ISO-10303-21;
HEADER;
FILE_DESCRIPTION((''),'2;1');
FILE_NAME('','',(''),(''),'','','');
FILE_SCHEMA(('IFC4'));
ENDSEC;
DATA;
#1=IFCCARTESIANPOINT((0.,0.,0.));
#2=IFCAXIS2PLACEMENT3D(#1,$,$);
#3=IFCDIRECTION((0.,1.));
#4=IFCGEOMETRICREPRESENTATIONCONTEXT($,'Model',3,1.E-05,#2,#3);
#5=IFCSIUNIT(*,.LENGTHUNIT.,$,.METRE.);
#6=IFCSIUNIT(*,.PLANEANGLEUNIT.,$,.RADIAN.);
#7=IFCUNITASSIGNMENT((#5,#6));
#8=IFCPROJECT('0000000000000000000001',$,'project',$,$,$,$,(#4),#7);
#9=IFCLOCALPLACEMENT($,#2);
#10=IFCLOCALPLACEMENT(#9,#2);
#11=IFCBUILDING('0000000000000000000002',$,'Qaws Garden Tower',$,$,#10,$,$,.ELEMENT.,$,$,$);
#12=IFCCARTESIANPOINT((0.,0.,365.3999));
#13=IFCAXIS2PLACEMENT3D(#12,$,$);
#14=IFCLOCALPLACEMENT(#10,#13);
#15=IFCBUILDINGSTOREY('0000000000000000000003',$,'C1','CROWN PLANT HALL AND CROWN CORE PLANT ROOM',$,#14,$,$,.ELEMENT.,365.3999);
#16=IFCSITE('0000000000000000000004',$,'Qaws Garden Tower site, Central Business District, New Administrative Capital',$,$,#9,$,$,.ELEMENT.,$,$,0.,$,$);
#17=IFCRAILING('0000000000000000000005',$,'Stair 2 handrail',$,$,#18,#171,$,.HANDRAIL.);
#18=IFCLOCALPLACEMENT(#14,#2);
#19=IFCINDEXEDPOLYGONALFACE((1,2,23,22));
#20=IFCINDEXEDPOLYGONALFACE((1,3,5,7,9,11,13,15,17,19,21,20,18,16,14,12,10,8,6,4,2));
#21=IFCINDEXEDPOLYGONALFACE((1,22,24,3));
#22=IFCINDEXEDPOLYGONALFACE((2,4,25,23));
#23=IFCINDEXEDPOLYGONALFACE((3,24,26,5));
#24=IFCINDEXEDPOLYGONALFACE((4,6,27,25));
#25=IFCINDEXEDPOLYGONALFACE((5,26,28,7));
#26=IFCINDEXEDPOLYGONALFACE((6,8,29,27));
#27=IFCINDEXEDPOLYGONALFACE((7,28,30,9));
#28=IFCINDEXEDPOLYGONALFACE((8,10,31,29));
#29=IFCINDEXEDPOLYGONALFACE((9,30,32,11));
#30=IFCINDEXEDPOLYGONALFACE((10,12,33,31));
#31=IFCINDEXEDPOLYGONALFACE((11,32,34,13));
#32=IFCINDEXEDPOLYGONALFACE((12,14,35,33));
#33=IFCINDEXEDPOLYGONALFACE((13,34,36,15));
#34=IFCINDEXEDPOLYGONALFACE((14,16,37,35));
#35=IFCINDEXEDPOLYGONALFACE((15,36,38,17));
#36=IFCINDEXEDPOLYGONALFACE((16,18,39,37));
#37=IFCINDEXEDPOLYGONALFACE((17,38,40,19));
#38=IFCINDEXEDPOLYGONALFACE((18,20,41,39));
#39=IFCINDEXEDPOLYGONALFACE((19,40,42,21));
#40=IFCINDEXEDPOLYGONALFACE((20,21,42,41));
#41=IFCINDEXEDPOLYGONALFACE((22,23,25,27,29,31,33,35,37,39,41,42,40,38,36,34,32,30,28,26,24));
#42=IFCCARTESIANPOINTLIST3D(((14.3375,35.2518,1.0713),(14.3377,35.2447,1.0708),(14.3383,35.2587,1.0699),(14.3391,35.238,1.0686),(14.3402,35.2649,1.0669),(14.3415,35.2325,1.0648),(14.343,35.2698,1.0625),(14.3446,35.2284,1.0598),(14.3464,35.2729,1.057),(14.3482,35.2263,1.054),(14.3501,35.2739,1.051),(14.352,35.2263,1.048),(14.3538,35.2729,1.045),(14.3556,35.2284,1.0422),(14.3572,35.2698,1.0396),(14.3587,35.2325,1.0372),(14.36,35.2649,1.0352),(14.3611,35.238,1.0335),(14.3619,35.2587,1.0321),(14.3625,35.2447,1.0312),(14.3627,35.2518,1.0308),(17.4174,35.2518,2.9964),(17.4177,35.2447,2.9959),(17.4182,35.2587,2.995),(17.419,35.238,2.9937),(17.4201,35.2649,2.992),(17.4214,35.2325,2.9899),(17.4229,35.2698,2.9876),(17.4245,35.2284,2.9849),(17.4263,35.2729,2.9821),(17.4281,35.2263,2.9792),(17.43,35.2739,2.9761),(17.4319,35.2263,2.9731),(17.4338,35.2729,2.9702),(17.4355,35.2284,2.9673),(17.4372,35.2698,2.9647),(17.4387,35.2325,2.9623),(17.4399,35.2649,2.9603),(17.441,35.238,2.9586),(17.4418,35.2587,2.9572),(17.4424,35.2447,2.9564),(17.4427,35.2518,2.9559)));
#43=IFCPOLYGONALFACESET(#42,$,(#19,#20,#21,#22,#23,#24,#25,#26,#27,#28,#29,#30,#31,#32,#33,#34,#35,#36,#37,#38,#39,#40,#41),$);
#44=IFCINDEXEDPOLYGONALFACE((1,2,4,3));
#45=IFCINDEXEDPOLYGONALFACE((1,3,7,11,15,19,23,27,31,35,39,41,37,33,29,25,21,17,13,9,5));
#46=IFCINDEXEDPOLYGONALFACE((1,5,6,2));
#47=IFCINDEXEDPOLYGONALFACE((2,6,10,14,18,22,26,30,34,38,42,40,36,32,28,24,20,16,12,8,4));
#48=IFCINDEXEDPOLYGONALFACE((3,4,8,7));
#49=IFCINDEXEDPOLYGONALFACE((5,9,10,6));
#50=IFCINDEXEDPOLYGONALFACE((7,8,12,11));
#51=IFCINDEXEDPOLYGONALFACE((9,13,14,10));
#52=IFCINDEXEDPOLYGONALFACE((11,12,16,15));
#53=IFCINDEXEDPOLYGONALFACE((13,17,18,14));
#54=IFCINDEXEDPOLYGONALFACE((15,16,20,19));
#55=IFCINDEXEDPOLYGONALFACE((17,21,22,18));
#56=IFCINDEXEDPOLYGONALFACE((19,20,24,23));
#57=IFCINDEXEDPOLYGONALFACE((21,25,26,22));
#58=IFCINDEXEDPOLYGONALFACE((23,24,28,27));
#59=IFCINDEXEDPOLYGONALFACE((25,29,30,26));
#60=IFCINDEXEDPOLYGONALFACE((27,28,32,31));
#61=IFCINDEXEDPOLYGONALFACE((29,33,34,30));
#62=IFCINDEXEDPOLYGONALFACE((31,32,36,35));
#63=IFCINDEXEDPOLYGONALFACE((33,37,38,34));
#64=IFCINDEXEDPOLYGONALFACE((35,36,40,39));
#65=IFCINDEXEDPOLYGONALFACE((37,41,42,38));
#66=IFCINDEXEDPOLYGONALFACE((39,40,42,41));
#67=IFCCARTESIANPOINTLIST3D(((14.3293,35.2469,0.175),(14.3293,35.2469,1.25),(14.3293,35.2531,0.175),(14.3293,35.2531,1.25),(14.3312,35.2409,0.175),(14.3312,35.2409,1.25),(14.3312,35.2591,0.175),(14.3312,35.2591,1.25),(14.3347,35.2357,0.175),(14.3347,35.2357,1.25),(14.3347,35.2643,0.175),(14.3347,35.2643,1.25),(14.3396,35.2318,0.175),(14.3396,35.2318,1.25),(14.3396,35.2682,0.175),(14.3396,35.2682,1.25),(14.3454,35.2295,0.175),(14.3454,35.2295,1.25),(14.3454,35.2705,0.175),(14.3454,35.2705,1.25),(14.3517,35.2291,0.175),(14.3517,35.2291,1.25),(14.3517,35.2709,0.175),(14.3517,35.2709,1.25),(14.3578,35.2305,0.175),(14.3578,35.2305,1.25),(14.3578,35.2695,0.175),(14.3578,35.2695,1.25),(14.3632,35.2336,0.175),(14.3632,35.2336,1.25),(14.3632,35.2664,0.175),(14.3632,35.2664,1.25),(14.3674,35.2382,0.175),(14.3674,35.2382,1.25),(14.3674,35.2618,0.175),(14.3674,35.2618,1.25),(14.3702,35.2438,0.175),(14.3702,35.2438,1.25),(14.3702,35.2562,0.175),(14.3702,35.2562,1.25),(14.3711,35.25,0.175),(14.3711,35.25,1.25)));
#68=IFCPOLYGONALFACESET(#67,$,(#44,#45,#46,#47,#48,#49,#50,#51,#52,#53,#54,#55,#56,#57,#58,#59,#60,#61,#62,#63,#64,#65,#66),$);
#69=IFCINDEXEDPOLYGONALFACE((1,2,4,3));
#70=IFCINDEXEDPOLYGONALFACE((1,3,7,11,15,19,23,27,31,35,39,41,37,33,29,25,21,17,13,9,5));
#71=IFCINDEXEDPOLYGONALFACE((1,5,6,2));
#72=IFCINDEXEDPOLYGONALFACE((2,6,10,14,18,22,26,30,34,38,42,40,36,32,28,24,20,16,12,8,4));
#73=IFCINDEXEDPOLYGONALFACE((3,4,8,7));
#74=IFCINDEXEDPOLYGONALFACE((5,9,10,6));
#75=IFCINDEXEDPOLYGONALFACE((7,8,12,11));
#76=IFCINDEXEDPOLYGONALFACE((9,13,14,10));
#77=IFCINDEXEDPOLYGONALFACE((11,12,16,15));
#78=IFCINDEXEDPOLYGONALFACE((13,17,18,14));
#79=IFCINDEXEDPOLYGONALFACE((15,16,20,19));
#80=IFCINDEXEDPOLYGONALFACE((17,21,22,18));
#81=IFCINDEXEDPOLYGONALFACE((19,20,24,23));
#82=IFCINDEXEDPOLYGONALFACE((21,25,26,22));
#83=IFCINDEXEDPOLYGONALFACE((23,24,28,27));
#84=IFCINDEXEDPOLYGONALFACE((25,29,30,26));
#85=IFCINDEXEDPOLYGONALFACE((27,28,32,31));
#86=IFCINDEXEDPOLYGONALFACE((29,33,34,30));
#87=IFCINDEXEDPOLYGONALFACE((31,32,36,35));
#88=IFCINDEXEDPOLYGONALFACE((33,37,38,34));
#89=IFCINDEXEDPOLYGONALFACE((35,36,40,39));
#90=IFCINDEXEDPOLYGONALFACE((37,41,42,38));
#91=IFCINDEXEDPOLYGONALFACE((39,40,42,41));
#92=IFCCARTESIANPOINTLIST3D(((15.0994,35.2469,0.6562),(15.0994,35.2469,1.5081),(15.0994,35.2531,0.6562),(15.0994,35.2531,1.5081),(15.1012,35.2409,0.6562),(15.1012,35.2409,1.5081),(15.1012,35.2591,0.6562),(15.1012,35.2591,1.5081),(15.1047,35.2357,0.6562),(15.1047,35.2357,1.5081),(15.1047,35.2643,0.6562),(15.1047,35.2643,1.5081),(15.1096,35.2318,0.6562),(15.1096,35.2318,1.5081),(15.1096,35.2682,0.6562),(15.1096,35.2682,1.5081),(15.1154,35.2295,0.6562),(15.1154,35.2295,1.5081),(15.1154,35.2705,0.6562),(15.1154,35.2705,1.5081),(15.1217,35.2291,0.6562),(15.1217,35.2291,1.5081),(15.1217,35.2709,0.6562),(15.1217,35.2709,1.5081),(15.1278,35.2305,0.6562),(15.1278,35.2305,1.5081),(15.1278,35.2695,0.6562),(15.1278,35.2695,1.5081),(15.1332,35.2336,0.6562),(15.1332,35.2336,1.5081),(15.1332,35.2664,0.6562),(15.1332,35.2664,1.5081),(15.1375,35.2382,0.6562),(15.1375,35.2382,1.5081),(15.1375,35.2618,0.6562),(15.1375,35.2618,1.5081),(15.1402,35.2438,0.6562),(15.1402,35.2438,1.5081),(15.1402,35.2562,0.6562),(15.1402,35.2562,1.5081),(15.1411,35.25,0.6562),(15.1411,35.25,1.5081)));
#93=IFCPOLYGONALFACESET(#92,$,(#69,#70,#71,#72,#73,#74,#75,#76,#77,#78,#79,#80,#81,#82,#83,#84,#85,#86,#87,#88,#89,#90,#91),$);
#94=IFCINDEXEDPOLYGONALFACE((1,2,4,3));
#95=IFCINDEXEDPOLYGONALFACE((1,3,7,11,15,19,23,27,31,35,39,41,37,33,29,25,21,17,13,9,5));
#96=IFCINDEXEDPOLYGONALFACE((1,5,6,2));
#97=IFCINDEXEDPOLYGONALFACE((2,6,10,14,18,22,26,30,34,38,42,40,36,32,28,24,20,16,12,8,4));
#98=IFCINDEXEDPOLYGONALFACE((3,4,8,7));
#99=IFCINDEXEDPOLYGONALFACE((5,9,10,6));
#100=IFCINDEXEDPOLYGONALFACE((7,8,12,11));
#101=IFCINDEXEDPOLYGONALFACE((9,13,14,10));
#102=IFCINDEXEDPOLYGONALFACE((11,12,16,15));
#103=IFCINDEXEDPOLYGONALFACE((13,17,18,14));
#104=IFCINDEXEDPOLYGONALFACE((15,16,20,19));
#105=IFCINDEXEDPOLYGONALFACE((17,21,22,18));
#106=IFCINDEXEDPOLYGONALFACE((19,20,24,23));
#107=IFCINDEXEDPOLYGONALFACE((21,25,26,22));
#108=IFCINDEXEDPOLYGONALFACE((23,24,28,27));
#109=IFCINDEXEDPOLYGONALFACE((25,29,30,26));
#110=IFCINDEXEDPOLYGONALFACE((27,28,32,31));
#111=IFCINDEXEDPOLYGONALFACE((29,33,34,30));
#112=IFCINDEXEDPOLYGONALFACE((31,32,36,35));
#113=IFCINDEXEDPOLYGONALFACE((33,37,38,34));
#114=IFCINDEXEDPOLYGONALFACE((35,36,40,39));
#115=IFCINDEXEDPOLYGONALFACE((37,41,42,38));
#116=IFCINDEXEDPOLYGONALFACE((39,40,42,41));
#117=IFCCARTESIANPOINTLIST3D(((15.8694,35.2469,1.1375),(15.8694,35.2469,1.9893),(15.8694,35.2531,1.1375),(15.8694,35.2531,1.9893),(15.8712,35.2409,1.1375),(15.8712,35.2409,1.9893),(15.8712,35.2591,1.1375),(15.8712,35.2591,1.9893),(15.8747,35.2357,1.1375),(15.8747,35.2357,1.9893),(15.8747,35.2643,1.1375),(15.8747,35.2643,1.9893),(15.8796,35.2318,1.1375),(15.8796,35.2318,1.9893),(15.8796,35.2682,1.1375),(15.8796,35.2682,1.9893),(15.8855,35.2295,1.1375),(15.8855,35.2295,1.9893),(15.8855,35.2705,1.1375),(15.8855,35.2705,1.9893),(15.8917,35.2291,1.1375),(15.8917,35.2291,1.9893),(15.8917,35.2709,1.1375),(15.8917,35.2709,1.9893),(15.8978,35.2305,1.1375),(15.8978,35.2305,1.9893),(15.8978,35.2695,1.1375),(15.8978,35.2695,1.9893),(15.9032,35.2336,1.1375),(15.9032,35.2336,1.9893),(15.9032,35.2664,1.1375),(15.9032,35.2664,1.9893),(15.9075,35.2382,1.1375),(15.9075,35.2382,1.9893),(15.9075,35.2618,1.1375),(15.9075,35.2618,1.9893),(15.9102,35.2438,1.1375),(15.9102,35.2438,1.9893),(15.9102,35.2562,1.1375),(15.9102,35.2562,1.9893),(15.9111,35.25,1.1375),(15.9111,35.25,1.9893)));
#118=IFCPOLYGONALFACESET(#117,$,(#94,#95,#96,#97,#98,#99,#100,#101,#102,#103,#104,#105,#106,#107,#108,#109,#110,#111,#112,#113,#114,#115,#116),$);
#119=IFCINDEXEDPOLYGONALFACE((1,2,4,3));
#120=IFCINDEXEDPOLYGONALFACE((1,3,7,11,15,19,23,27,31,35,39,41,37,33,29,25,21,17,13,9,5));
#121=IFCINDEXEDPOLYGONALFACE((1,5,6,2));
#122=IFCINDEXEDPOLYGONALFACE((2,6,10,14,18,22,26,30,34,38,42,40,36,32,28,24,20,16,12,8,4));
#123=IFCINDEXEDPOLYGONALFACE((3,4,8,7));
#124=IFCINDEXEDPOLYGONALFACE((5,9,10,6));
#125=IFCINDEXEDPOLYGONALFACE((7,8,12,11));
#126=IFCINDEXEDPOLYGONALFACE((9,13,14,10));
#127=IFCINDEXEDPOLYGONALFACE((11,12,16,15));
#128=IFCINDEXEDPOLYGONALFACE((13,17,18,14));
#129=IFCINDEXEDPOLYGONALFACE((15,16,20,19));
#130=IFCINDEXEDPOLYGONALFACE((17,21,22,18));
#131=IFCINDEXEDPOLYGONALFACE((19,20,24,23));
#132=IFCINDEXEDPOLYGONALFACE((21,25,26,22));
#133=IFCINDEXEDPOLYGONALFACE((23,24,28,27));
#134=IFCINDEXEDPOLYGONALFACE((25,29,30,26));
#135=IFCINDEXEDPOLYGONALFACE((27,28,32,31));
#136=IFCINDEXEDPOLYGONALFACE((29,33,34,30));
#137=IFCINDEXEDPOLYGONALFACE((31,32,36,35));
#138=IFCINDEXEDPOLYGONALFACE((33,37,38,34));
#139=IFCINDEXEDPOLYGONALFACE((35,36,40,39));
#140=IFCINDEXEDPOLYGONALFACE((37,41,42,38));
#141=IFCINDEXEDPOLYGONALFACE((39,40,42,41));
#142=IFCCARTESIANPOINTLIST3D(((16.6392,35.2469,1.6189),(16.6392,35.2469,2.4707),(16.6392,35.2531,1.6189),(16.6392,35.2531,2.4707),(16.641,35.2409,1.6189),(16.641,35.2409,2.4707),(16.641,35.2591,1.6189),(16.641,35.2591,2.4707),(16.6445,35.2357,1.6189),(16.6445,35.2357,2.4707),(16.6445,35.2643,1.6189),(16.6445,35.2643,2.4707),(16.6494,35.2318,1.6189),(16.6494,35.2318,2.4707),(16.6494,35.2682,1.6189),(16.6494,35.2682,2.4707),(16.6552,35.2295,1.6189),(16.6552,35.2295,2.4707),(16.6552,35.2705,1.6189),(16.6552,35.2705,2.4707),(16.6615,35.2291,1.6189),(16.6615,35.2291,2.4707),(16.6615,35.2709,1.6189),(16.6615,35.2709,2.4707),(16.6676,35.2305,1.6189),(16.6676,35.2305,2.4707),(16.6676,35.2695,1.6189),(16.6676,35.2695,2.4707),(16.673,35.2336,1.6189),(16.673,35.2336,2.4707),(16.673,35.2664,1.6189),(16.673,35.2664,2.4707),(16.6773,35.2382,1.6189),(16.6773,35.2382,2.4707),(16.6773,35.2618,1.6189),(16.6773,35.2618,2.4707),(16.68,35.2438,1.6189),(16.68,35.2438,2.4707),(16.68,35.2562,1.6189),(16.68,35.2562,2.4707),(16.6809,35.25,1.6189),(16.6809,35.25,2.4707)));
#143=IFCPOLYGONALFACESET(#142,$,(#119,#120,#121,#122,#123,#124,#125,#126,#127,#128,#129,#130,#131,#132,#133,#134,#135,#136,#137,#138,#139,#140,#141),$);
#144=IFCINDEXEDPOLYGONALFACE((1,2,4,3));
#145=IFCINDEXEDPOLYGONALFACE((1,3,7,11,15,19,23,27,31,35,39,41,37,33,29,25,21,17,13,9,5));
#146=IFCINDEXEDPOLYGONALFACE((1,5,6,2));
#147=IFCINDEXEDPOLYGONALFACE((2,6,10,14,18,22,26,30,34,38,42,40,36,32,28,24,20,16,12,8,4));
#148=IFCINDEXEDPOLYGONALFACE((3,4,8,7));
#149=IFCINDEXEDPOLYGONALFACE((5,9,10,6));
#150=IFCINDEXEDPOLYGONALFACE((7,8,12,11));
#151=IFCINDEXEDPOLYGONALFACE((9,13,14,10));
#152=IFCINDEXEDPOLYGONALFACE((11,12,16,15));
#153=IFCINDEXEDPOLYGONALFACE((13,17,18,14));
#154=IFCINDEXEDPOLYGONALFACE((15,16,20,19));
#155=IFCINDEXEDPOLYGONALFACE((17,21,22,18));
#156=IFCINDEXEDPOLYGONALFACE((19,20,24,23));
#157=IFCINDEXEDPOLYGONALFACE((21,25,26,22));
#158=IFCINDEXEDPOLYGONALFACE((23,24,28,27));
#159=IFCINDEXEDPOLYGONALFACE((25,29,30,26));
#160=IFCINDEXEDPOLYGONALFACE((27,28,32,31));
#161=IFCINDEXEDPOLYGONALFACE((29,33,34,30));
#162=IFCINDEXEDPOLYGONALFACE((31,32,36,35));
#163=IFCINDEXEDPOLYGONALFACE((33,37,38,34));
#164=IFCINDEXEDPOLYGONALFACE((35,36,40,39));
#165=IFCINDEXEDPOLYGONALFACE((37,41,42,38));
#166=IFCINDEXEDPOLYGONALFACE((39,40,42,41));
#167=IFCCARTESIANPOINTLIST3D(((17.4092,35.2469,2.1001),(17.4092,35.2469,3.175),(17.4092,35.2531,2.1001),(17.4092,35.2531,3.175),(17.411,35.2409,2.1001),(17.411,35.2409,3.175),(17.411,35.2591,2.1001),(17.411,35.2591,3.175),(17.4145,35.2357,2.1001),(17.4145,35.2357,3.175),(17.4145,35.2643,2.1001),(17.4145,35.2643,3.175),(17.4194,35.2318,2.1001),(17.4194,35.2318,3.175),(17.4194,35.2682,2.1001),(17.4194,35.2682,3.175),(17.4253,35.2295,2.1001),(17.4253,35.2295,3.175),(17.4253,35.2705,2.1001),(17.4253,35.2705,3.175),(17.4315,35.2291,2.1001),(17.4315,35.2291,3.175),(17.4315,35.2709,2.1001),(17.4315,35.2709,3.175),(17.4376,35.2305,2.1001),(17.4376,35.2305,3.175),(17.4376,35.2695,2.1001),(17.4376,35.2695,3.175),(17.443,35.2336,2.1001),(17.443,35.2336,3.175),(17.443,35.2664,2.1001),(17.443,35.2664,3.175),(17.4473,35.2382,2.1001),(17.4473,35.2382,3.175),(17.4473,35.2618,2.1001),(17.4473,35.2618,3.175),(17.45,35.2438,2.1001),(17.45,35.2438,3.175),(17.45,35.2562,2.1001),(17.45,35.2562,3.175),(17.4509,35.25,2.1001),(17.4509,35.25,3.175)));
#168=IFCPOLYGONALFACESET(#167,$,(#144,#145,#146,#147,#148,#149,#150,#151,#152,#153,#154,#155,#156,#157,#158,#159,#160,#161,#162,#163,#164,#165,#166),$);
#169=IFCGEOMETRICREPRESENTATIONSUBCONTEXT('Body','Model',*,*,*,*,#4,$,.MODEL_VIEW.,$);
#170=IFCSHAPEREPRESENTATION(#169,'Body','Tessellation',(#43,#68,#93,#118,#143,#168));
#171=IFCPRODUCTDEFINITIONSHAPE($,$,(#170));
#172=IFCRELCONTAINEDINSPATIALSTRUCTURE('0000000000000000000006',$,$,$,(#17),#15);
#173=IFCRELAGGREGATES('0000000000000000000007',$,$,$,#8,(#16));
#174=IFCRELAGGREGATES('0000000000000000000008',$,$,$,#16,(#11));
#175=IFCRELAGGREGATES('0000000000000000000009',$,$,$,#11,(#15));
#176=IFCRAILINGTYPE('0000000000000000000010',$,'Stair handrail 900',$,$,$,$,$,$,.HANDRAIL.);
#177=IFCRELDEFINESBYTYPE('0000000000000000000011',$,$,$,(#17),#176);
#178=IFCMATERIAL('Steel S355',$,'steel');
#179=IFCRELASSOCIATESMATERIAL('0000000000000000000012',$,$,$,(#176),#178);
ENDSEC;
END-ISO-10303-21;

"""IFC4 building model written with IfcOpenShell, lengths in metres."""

from ifc_helpers import new_model, si_unit, direction, frame, origin, origin_2d, place, context, subcontext, project, spatial, circle, extrude, material, type_object, element, save


model = new_model("IFC4")

# Units and contexts
model_context = context("Model", 3, precision=1e-05, world=origin(), true_north=direction((0.0, 1.0)))
body_context = subcontext(model_context, "Body", "Model", "MODEL_VIEW")
ifc_project = project(units=[si_unit("LENGTHUNIT", "METRE"), si_unit("PLANEANGLEUNIT", "RADIAN")], contexts=[model_context])

# Site, building, storey
site_placement = place(None, origin())
site = spatial("IfcSite", under=ifc_project, at=site_placement, Name="Qaws Garden Tower site, Central Business District, New Administrative Capital", CompositionType="ELEMENT", RefElevation=0.0)
building_placement = place(site_placement, origin())
building = spatial("IfcBuilding", under=site, at=building_placement, Name="Qaws Garden Tower", CompositionType="ELEMENT")
storey_placement = place(building_placement, frame((0.0, 0.0, 365.3999)))
storey = spatial("IfcBuildingStorey", under=building, at=storey_placement, Name="C1", Description="CROWN PLANT HALL AND CROWN CORE PLANT ROOM", CompositionType="ELEMENT", Elevation=365.3999)

# Railing
ifc_material_1 = material(Name="Steel S355", Category="steel")
railing_type = type_object("IfcRailingType", Name="Stair handrail 900", PredefinedType="HANDRAIL", material=ifc_material_1)
railing_placement = place(storey_placement, frame((14.3501, 35.25, 0.175)))
element("IfcRailing", 1, at=railing_placement, inside=storey, type_object=railing_type, Name="Stair 2 handrail", PredefinedType="HANDRAIL", context=body_context, shape_type="SweptSolid", body=[
    extrude(circle(Radius=0.0239, at=origin_2d()), frame((0.0, 0.0, 0.876), z_axis=(0.847979, 0.0, 0.530029), x_axis=(0.0, 1.0, 0.0)), (0.0, 0.0, 1.0), 3.6321),
    extrude(circle(Radius=0.021, at=origin_2d()), origin(), (0.0, 0.0, 1.0), 1.075),
    extrude(circle(Radius=0.021, at=origin_2d()), frame((0.77, 0.0, 0.4812)), (0.0, 0.0, 1.0), 0.8518),
    extrude(circle(Radius=0.021, at=origin_2d()), frame((1.54, 0.0, 0.9624)), (0.0, 0.0, 1.0), 0.8518),
    extrude(circle(Radius=0.021, at=origin_2d()), frame((2.3098, 0.0, 1.4438)), (0.0, 0.0, 1.0), 0.8518),
    extrude(circle(Radius=0.021, at=origin_2d()), frame((3.0798, 0.0, 1.925)), (0.0, 0.0, 1.0), 1.075),
])

save(model, "model.ifc")
